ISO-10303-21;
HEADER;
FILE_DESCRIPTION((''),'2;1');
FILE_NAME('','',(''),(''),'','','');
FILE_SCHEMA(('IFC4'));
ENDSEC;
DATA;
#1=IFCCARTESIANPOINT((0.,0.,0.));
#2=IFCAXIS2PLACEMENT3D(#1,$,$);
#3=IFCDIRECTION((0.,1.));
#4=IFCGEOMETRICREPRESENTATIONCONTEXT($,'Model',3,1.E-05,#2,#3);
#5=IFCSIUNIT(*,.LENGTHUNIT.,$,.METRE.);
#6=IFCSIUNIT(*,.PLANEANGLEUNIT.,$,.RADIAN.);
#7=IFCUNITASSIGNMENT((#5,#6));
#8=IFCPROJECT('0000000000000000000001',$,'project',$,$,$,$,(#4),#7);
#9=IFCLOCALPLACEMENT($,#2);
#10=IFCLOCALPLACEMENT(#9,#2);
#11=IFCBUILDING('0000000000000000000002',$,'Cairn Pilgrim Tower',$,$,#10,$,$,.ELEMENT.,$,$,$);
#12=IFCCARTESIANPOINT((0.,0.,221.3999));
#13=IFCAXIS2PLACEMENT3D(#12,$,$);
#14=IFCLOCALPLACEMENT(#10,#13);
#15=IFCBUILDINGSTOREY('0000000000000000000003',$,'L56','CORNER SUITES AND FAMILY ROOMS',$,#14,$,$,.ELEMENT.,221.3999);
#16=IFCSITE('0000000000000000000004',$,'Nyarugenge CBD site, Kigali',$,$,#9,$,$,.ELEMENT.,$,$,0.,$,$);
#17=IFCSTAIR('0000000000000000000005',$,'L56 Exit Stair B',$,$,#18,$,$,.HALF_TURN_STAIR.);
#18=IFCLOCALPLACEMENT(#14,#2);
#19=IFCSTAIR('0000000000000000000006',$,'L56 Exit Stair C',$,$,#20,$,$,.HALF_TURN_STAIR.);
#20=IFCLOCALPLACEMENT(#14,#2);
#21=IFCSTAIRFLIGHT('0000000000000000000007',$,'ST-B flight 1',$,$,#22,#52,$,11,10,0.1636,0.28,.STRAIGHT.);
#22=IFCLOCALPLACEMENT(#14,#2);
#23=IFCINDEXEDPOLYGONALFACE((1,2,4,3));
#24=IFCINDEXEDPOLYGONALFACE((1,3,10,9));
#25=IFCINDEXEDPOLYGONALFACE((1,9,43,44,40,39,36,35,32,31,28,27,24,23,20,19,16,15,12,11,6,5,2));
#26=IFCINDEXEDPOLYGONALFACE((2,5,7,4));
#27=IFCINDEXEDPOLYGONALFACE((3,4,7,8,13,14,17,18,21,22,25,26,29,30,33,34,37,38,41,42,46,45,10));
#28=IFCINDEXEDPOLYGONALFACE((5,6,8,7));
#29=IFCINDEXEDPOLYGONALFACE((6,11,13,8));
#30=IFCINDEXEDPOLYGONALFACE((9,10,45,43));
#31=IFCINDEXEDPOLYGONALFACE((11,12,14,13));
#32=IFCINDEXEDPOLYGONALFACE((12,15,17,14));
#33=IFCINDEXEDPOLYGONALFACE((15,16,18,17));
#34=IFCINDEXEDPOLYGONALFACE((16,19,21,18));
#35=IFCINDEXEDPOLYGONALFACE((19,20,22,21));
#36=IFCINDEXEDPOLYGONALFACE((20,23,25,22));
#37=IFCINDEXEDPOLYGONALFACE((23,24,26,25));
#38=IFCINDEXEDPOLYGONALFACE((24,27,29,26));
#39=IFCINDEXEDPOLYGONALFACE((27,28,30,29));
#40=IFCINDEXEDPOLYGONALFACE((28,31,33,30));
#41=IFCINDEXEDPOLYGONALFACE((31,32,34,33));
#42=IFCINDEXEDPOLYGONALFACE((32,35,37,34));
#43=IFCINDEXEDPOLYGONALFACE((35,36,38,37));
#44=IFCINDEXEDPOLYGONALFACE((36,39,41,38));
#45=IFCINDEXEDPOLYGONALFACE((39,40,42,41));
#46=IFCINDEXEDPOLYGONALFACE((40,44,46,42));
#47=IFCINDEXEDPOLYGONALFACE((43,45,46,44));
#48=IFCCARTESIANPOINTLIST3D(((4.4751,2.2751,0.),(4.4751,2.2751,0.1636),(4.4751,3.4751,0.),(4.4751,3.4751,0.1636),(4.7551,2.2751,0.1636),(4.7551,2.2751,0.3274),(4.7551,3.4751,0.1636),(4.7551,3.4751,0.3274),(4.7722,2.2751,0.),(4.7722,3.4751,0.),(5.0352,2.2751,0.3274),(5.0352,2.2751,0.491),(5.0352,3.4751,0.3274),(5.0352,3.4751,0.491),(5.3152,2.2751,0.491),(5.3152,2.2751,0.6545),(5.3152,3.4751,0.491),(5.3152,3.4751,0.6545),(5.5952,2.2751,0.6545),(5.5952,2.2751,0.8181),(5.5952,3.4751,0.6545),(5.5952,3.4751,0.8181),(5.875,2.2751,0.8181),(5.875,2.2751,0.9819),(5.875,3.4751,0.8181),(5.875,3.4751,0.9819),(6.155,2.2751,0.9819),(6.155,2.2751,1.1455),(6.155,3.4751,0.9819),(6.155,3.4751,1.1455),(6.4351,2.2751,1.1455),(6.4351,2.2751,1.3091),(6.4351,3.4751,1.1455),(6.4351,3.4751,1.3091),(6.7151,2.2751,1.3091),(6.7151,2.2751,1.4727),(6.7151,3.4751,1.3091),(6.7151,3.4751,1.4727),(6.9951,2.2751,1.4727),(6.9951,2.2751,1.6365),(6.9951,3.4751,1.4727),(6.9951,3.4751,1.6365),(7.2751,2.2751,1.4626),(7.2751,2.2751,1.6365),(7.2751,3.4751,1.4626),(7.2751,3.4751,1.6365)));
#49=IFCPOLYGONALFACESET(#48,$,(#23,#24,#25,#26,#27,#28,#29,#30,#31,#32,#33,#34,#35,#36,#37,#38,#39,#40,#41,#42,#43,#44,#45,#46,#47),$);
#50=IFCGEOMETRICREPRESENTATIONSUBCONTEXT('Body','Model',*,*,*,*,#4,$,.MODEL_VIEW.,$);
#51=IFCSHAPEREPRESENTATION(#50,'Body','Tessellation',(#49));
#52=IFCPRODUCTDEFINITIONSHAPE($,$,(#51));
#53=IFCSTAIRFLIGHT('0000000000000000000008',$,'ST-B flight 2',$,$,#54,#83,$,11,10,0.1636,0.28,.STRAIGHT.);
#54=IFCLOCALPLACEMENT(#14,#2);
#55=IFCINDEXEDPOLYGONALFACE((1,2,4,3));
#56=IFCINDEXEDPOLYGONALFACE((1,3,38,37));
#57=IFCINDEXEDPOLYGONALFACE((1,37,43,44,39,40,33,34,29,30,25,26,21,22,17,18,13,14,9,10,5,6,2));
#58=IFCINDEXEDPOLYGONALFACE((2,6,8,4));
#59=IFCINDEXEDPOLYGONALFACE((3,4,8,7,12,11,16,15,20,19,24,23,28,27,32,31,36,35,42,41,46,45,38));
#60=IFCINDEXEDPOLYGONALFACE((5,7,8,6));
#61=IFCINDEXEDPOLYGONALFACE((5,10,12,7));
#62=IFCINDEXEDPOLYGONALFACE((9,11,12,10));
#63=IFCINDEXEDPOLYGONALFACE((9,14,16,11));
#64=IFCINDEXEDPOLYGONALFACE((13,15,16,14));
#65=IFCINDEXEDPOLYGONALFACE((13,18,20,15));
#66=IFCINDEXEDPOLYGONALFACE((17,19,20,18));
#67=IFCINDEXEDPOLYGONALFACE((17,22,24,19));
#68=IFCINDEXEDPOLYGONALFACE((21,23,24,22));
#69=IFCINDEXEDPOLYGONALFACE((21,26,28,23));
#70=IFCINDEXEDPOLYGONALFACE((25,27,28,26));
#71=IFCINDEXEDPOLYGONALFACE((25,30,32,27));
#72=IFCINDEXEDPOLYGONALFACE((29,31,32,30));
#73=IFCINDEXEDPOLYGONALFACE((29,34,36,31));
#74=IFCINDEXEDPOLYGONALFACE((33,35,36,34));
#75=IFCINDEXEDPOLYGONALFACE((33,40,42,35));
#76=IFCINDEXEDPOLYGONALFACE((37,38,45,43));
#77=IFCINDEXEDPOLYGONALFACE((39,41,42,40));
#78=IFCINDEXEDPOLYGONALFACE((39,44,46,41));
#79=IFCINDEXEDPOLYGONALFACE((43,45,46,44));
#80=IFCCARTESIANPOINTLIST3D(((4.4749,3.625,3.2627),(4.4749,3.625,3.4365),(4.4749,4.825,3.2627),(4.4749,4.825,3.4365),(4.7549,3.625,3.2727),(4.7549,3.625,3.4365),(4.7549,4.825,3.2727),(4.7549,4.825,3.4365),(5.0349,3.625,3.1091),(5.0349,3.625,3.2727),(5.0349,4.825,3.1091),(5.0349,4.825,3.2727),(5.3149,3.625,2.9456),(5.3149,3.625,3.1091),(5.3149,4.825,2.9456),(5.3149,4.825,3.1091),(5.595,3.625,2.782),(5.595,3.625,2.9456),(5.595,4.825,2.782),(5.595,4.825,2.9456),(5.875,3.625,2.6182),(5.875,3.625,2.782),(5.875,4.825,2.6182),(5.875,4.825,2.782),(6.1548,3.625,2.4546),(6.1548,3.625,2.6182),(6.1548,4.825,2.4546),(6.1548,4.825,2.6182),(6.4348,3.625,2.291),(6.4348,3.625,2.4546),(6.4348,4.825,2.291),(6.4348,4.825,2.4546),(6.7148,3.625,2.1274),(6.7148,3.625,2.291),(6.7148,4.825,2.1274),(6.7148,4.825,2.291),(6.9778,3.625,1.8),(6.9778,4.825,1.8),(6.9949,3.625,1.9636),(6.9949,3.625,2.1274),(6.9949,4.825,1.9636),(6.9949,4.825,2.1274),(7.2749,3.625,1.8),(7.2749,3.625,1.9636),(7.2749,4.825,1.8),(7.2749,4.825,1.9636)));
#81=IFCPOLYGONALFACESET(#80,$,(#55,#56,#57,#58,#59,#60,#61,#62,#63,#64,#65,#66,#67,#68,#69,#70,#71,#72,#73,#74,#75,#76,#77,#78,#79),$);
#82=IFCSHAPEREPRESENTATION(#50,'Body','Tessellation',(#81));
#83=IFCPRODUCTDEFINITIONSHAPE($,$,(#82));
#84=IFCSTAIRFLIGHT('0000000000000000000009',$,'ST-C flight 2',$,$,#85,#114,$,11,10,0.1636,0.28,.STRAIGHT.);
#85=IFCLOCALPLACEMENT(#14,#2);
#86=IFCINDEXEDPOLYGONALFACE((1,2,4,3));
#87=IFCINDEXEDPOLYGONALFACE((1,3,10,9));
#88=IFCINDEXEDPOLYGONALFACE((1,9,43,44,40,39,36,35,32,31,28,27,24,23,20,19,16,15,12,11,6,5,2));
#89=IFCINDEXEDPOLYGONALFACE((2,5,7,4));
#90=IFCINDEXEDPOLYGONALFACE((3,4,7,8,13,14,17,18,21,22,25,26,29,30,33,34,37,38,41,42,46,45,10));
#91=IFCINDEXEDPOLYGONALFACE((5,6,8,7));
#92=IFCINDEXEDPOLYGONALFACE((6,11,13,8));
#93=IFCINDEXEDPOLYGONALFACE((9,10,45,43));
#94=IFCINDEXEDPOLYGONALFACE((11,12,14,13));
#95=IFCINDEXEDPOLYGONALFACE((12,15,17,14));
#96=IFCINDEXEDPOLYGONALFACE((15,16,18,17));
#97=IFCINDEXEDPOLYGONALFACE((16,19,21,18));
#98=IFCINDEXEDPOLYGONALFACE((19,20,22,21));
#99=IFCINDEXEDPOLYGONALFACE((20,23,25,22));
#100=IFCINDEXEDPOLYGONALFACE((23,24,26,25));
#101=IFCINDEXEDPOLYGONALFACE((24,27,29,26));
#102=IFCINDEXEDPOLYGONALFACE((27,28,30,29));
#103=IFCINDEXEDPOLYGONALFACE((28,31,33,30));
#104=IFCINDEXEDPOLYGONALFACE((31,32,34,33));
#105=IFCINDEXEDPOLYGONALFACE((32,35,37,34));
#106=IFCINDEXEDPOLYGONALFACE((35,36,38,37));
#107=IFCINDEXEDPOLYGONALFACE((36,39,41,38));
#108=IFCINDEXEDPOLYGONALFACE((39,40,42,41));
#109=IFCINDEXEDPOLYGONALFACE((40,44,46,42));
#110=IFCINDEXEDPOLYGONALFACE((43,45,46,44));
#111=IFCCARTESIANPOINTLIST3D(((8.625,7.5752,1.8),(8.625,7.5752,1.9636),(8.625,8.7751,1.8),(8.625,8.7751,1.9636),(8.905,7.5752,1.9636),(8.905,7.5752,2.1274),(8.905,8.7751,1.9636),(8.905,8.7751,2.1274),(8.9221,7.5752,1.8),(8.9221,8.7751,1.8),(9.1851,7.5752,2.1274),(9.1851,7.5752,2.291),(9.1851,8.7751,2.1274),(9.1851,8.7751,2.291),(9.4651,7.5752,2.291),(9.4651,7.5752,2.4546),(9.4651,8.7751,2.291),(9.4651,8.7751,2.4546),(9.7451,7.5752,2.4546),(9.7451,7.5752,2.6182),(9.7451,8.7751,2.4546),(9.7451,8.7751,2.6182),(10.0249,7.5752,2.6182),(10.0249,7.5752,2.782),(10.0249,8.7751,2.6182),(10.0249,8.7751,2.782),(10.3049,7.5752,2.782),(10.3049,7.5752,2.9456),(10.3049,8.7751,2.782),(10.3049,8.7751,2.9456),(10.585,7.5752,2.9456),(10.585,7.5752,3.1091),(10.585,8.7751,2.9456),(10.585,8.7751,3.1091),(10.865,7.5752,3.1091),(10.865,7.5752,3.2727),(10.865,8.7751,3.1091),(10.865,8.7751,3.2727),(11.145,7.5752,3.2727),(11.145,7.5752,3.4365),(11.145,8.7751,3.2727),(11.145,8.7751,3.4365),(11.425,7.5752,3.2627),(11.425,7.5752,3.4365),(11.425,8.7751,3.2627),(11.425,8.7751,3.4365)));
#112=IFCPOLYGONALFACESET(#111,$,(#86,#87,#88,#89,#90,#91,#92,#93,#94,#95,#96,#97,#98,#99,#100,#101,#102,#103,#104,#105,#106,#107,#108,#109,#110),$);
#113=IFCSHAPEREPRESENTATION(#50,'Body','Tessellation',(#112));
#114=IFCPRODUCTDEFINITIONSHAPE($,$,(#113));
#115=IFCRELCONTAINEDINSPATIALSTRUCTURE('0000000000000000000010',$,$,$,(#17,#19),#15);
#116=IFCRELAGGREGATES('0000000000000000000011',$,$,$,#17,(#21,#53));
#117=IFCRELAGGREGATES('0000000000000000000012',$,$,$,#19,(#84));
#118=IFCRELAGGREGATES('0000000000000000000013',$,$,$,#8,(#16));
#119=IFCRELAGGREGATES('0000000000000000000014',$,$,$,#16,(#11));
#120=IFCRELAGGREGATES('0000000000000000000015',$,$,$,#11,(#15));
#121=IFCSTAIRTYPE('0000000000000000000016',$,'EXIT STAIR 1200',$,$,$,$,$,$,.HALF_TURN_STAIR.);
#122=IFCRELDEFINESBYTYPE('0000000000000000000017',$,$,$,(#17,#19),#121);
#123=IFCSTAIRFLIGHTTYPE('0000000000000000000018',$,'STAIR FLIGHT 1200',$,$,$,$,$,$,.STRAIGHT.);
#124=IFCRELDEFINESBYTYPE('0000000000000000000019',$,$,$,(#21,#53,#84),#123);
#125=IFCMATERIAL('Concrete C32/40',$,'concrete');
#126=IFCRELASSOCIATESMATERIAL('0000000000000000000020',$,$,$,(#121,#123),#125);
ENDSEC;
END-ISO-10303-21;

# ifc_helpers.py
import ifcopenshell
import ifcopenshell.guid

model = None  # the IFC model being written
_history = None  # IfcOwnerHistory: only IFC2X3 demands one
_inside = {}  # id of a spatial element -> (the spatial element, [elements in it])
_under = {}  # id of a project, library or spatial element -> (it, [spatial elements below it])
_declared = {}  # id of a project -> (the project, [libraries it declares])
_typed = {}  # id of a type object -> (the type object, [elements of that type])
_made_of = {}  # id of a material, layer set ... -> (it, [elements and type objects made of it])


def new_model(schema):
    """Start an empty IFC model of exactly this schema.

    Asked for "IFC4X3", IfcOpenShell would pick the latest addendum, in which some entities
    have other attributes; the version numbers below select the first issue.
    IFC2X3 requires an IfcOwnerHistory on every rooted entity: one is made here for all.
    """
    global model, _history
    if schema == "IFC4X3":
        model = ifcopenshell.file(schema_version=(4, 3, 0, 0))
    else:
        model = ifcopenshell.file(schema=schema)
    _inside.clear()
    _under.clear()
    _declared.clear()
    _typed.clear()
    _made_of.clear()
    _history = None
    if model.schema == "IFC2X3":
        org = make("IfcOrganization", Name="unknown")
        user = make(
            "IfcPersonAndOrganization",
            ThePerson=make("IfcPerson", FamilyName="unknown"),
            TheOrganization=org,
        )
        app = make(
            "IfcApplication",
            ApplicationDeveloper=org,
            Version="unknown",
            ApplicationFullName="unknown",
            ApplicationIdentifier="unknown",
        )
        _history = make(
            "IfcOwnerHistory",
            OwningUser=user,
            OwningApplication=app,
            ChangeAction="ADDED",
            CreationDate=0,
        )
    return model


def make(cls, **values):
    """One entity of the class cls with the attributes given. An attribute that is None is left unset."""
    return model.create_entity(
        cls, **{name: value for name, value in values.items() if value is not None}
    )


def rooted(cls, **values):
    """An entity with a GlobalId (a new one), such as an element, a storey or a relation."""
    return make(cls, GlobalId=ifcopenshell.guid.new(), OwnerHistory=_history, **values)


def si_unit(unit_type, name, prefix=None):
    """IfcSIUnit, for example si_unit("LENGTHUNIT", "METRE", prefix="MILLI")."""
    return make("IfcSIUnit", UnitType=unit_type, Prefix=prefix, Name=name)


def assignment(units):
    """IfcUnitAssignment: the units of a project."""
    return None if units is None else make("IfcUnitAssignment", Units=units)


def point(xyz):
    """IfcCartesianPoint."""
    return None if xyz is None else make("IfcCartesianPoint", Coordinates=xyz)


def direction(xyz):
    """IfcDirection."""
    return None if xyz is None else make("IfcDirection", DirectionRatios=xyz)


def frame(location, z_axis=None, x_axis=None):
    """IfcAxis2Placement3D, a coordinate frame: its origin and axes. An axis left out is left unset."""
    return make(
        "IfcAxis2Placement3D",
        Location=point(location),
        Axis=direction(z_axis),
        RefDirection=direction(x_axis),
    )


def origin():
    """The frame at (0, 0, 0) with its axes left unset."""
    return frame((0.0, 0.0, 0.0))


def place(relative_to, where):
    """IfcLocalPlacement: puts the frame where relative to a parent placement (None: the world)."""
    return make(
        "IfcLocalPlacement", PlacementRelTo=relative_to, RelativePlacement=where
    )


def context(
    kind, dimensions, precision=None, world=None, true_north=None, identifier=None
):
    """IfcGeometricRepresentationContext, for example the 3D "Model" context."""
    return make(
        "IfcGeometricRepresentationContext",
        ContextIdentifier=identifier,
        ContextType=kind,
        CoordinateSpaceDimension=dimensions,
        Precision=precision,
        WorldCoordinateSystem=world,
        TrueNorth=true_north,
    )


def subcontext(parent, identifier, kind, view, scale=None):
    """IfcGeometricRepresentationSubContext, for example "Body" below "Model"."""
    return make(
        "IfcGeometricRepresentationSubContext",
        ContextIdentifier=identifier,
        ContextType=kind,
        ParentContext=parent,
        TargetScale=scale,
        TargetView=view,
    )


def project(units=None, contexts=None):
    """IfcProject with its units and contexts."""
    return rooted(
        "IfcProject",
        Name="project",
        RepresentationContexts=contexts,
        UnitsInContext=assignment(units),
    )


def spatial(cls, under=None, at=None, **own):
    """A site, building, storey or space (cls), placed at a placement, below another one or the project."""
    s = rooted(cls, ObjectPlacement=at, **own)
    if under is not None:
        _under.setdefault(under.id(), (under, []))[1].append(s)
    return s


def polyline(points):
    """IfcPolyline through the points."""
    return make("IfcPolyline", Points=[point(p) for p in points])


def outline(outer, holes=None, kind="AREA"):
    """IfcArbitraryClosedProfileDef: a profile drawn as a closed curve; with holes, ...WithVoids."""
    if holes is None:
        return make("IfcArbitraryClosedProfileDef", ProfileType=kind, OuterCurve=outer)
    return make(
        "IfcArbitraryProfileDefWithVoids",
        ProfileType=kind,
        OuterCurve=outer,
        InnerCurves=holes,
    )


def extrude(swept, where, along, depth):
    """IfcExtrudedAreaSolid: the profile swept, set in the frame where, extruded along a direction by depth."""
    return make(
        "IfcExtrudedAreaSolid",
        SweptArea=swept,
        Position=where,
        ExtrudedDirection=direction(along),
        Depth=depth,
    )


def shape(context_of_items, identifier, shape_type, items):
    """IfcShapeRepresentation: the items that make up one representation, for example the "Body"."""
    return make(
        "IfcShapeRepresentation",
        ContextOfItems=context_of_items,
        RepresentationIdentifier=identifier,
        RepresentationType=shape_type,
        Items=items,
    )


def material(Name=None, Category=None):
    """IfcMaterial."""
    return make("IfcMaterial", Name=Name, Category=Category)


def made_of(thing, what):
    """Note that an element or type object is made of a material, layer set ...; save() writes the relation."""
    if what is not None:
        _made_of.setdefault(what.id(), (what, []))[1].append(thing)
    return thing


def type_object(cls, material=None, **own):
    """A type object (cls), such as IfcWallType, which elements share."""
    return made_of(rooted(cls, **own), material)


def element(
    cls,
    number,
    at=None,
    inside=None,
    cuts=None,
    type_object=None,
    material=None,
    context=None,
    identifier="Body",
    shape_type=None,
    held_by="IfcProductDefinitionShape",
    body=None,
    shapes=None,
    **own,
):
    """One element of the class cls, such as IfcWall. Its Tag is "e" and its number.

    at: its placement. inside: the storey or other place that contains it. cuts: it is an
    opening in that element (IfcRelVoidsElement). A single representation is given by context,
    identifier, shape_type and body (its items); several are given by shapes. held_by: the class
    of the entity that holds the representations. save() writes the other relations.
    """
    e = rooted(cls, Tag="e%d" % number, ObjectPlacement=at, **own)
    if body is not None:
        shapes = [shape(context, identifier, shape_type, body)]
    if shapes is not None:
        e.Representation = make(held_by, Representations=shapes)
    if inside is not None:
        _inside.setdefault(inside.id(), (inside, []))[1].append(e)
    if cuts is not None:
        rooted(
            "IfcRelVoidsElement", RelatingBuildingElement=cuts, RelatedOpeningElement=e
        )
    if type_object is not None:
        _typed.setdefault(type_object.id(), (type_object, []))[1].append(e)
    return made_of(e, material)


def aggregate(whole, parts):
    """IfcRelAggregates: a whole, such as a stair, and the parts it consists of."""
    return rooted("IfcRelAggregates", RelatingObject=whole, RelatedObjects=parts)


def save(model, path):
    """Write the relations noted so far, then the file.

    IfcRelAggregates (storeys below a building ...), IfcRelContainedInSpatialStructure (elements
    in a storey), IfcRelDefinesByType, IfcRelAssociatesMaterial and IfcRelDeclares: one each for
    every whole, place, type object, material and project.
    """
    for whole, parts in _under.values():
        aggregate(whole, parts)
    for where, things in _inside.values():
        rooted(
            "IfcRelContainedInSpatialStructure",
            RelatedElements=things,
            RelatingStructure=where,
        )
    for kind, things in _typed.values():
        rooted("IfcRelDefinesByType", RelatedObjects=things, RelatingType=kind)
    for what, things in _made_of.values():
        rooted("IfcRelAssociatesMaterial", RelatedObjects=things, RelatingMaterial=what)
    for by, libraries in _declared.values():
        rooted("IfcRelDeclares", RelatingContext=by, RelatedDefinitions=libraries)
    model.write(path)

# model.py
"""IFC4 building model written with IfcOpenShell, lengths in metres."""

from ifc_helpers import new_model, si_unit, direction, frame, origin, place, context, subcontext, project, spatial, polyline, outline, extrude, material, type_object, element, aggregate, save


model = new_model("IFC4")

# Units and contexts
model_context = context("Model", 3, precision=1e-05, world=origin(), true_north=direction((0.0, 1.0)))
body_context = subcontext(model_context, "Body", "Model", "MODEL_VIEW")
ifc_project = project(units=[si_unit("LENGTHUNIT", "METRE"), si_unit("PLANEANGLEUNIT", "RADIAN")], contexts=[model_context])

# Site, building, storey
site_placement = place(None, origin())
site = spatial("IfcSite", under=ifc_project, at=site_placement, Name="Nyarugenge CBD site, Kigali", CompositionType="ELEMENT", RefElevation=0.0)
building_placement = place(site_placement, origin())
building = spatial("IfcBuilding", under=site, at=building_placement, Name="Cairn Pilgrim Tower", CompositionType="ELEMENT")
storey_placement = place(building_placement, frame((0.0, 0.0, 221.3999)))
storey = spatial("IfcBuildingStorey", under=building, at=storey_placement, Name="L56", Description="CORNER SUITES AND FAMILY ROOMS", CompositionType="ELEMENT", Elevation=221.3999)

# Stairs
ifc_material_1 = material(Name="Concrete C32/40", Category="concrete")
stair_type = type_object("IfcStairType", Name="EXIT STAIR 1200", PredefinedType="HALF_TURN_STAIR", material=ifc_material_1)
stair_1_placement = place(storey_placement, origin())
stair_1 = element("IfcStair", 1, at=stair_1_placement, inside=storey, type_object=stair_type, Name="L56 Exit Stair B", PredefinedType="HALF_TURN_STAIR")
stair_2_placement = place(storey_placement, origin())
stair_2 = element("IfcStair", 2, at=stair_2_placement, inside=storey, type_object=stair_type, Name="L56 Exit Stair C", PredefinedType="HALF_TURN_STAIR")

# Stair flights
stair_flight_type = type_object("IfcStairFlightType", Name="STAIR FLIGHT 1200", PredefinedType="STRAIGHT", material=ifc_material_1)
stair_flight_1_placement = place(storey_placement, frame((4.4751, 2.875, 0.0), z_axis=(0.0, 0.0, 1.0), x_axis=(1.0, 0.0, 0.0)))
stair_flight_1 = element("IfcStairFlight", 3, at=stair_flight_1_placement, type_object=stair_flight_type, Name="ST-B flight 1", NumberOfRisers=11, NumberOfTreads=10, PredefinedType="STRAIGHT", RiserHeight=0.1636, TreadLength=0.28, context=body_context, shape_type="SweptSolid", body=[
    extrude(outline(polyline([(0.0, 0.0), (0.0, 0.1636), (0.28, 0.1636), (0.28, 0.3274), (0.5601, 0.3274), (0.5601, 0.491), (0.8401, 0.491), (0.8401, 0.6545), (1.1201, 0.6545), (1.1201, 0.8181), (1.3999, 0.8181), (1.3999, 0.9819), (1.6799, 0.9819), (1.6799, 1.1455), (1.96, 1.1455), (1.96, 1.3091), (2.24, 1.3091), (2.24, 1.4727), (2.52, 1.4727), (2.52, 1.6365), (2.8, 1.6365), (2.8, 1.8), (2.8, 1.4626), (0.2971, 0.0), (0.0, 0.0)])), frame((0.0, 0.6001, 0.0), z_axis=(0.0, -1.0, 0.0), x_axis=(1.0, 0.0, 0.0)), (0.0, 0.0, 1.0), 1.2),
])
stair_flight_2_placement = place(storey_placement, frame((7.2749, 4.2251, 1.8), z_axis=(0.0, 0.0, 1.0), x_axis=(-1.0, 0.0, 0.0)))
stair_flight_2 = element("IfcStairFlight", 4, at=stair_flight_2_placement, type_object=stair_flight_type, Name="ST-B flight 2", NumberOfRisers=11, NumberOfTreads=10, PredefinedType="STRAIGHT", RiserHeight=0.1636, TreadLength=0.28, context=body_context, shape_type="SweptSolid", body=[
    extrude(outline(polyline([(0.0, 0.0), (0.0, 0.1636), (0.28, 0.1636), (0.28, 0.3274), (0.5601, 0.3274), (0.5601, 0.491), (0.8401, 0.491), (0.8401, 0.6545), (1.1201, 0.6545), (1.1201, 0.8181), (1.3999, 0.8181), (1.3999, 0.9819), (1.6799, 0.9819), (1.6799, 1.1455), (1.96, 1.1455), (1.96, 1.3091), (2.24, 1.3091), (2.24, 1.4727), (2.52, 1.4727), (2.52, 1.6365), (2.8, 1.6365), (2.8, 1.8), (2.8, 1.4626), (0.2971, 0.0), (0.0, 0.0)])), frame((0.0, 0.6001, 0.0), z_axis=(0.0, -1.0, 0.0), x_axis=(1.0, 0.0, 0.0)), (0.0, 0.0, 1.0), 1.2),
])
aggregate(stair_1, [stair_flight_1, stair_flight_2])
stair_flight_3_placement = place(storey_placement, frame((8.625, 8.175, 1.8), z_axis=(0.0, 0.0, 1.0), x_axis=(1.0, 0.0, 0.0)))
stair_flight_3 = element("IfcStairFlight", 5, at=stair_flight_3_placement, type_object=stair_flight_type, Name="ST-C flight 2", NumberOfRisers=11, NumberOfTreads=10, PredefinedType="STRAIGHT", RiserHeight=0.1636, TreadLength=0.28, context=body_context, shape_type="SweptSolid", body=[
    extrude(outline(polyline([(0.0, 0.0), (0.0, 0.1636), (0.28, 0.1636), (0.28, 0.3274), (0.5601, 0.3274), (0.5601, 0.491), (0.8401, 0.491), (0.8401, 0.6545), (1.1201, 0.6545), (1.1201, 0.8181), (1.3999, 0.8181), (1.3999, 0.9819), (1.6799, 0.9819), (1.6799, 1.1455), (1.96, 1.1455), (1.96, 1.3091), (2.24, 1.3091), (2.24, 1.4727), (2.52, 1.4727), (2.52, 1.6365), (2.8, 1.6365), (2.8, 1.8), (2.8, 1.4626), (0.2971, 0.0), (0.0, 0.0)])), frame((0.0, 0.6001, 0.0), z_axis=(0.0, -1.0, 0.0), x_axis=(1.0, 0.0, 0.0)), (0.0, 0.0, 1.0), 1.2),
])
aggregate(stair_2, [stair_flight_3])

save(model, "model.ifc")
